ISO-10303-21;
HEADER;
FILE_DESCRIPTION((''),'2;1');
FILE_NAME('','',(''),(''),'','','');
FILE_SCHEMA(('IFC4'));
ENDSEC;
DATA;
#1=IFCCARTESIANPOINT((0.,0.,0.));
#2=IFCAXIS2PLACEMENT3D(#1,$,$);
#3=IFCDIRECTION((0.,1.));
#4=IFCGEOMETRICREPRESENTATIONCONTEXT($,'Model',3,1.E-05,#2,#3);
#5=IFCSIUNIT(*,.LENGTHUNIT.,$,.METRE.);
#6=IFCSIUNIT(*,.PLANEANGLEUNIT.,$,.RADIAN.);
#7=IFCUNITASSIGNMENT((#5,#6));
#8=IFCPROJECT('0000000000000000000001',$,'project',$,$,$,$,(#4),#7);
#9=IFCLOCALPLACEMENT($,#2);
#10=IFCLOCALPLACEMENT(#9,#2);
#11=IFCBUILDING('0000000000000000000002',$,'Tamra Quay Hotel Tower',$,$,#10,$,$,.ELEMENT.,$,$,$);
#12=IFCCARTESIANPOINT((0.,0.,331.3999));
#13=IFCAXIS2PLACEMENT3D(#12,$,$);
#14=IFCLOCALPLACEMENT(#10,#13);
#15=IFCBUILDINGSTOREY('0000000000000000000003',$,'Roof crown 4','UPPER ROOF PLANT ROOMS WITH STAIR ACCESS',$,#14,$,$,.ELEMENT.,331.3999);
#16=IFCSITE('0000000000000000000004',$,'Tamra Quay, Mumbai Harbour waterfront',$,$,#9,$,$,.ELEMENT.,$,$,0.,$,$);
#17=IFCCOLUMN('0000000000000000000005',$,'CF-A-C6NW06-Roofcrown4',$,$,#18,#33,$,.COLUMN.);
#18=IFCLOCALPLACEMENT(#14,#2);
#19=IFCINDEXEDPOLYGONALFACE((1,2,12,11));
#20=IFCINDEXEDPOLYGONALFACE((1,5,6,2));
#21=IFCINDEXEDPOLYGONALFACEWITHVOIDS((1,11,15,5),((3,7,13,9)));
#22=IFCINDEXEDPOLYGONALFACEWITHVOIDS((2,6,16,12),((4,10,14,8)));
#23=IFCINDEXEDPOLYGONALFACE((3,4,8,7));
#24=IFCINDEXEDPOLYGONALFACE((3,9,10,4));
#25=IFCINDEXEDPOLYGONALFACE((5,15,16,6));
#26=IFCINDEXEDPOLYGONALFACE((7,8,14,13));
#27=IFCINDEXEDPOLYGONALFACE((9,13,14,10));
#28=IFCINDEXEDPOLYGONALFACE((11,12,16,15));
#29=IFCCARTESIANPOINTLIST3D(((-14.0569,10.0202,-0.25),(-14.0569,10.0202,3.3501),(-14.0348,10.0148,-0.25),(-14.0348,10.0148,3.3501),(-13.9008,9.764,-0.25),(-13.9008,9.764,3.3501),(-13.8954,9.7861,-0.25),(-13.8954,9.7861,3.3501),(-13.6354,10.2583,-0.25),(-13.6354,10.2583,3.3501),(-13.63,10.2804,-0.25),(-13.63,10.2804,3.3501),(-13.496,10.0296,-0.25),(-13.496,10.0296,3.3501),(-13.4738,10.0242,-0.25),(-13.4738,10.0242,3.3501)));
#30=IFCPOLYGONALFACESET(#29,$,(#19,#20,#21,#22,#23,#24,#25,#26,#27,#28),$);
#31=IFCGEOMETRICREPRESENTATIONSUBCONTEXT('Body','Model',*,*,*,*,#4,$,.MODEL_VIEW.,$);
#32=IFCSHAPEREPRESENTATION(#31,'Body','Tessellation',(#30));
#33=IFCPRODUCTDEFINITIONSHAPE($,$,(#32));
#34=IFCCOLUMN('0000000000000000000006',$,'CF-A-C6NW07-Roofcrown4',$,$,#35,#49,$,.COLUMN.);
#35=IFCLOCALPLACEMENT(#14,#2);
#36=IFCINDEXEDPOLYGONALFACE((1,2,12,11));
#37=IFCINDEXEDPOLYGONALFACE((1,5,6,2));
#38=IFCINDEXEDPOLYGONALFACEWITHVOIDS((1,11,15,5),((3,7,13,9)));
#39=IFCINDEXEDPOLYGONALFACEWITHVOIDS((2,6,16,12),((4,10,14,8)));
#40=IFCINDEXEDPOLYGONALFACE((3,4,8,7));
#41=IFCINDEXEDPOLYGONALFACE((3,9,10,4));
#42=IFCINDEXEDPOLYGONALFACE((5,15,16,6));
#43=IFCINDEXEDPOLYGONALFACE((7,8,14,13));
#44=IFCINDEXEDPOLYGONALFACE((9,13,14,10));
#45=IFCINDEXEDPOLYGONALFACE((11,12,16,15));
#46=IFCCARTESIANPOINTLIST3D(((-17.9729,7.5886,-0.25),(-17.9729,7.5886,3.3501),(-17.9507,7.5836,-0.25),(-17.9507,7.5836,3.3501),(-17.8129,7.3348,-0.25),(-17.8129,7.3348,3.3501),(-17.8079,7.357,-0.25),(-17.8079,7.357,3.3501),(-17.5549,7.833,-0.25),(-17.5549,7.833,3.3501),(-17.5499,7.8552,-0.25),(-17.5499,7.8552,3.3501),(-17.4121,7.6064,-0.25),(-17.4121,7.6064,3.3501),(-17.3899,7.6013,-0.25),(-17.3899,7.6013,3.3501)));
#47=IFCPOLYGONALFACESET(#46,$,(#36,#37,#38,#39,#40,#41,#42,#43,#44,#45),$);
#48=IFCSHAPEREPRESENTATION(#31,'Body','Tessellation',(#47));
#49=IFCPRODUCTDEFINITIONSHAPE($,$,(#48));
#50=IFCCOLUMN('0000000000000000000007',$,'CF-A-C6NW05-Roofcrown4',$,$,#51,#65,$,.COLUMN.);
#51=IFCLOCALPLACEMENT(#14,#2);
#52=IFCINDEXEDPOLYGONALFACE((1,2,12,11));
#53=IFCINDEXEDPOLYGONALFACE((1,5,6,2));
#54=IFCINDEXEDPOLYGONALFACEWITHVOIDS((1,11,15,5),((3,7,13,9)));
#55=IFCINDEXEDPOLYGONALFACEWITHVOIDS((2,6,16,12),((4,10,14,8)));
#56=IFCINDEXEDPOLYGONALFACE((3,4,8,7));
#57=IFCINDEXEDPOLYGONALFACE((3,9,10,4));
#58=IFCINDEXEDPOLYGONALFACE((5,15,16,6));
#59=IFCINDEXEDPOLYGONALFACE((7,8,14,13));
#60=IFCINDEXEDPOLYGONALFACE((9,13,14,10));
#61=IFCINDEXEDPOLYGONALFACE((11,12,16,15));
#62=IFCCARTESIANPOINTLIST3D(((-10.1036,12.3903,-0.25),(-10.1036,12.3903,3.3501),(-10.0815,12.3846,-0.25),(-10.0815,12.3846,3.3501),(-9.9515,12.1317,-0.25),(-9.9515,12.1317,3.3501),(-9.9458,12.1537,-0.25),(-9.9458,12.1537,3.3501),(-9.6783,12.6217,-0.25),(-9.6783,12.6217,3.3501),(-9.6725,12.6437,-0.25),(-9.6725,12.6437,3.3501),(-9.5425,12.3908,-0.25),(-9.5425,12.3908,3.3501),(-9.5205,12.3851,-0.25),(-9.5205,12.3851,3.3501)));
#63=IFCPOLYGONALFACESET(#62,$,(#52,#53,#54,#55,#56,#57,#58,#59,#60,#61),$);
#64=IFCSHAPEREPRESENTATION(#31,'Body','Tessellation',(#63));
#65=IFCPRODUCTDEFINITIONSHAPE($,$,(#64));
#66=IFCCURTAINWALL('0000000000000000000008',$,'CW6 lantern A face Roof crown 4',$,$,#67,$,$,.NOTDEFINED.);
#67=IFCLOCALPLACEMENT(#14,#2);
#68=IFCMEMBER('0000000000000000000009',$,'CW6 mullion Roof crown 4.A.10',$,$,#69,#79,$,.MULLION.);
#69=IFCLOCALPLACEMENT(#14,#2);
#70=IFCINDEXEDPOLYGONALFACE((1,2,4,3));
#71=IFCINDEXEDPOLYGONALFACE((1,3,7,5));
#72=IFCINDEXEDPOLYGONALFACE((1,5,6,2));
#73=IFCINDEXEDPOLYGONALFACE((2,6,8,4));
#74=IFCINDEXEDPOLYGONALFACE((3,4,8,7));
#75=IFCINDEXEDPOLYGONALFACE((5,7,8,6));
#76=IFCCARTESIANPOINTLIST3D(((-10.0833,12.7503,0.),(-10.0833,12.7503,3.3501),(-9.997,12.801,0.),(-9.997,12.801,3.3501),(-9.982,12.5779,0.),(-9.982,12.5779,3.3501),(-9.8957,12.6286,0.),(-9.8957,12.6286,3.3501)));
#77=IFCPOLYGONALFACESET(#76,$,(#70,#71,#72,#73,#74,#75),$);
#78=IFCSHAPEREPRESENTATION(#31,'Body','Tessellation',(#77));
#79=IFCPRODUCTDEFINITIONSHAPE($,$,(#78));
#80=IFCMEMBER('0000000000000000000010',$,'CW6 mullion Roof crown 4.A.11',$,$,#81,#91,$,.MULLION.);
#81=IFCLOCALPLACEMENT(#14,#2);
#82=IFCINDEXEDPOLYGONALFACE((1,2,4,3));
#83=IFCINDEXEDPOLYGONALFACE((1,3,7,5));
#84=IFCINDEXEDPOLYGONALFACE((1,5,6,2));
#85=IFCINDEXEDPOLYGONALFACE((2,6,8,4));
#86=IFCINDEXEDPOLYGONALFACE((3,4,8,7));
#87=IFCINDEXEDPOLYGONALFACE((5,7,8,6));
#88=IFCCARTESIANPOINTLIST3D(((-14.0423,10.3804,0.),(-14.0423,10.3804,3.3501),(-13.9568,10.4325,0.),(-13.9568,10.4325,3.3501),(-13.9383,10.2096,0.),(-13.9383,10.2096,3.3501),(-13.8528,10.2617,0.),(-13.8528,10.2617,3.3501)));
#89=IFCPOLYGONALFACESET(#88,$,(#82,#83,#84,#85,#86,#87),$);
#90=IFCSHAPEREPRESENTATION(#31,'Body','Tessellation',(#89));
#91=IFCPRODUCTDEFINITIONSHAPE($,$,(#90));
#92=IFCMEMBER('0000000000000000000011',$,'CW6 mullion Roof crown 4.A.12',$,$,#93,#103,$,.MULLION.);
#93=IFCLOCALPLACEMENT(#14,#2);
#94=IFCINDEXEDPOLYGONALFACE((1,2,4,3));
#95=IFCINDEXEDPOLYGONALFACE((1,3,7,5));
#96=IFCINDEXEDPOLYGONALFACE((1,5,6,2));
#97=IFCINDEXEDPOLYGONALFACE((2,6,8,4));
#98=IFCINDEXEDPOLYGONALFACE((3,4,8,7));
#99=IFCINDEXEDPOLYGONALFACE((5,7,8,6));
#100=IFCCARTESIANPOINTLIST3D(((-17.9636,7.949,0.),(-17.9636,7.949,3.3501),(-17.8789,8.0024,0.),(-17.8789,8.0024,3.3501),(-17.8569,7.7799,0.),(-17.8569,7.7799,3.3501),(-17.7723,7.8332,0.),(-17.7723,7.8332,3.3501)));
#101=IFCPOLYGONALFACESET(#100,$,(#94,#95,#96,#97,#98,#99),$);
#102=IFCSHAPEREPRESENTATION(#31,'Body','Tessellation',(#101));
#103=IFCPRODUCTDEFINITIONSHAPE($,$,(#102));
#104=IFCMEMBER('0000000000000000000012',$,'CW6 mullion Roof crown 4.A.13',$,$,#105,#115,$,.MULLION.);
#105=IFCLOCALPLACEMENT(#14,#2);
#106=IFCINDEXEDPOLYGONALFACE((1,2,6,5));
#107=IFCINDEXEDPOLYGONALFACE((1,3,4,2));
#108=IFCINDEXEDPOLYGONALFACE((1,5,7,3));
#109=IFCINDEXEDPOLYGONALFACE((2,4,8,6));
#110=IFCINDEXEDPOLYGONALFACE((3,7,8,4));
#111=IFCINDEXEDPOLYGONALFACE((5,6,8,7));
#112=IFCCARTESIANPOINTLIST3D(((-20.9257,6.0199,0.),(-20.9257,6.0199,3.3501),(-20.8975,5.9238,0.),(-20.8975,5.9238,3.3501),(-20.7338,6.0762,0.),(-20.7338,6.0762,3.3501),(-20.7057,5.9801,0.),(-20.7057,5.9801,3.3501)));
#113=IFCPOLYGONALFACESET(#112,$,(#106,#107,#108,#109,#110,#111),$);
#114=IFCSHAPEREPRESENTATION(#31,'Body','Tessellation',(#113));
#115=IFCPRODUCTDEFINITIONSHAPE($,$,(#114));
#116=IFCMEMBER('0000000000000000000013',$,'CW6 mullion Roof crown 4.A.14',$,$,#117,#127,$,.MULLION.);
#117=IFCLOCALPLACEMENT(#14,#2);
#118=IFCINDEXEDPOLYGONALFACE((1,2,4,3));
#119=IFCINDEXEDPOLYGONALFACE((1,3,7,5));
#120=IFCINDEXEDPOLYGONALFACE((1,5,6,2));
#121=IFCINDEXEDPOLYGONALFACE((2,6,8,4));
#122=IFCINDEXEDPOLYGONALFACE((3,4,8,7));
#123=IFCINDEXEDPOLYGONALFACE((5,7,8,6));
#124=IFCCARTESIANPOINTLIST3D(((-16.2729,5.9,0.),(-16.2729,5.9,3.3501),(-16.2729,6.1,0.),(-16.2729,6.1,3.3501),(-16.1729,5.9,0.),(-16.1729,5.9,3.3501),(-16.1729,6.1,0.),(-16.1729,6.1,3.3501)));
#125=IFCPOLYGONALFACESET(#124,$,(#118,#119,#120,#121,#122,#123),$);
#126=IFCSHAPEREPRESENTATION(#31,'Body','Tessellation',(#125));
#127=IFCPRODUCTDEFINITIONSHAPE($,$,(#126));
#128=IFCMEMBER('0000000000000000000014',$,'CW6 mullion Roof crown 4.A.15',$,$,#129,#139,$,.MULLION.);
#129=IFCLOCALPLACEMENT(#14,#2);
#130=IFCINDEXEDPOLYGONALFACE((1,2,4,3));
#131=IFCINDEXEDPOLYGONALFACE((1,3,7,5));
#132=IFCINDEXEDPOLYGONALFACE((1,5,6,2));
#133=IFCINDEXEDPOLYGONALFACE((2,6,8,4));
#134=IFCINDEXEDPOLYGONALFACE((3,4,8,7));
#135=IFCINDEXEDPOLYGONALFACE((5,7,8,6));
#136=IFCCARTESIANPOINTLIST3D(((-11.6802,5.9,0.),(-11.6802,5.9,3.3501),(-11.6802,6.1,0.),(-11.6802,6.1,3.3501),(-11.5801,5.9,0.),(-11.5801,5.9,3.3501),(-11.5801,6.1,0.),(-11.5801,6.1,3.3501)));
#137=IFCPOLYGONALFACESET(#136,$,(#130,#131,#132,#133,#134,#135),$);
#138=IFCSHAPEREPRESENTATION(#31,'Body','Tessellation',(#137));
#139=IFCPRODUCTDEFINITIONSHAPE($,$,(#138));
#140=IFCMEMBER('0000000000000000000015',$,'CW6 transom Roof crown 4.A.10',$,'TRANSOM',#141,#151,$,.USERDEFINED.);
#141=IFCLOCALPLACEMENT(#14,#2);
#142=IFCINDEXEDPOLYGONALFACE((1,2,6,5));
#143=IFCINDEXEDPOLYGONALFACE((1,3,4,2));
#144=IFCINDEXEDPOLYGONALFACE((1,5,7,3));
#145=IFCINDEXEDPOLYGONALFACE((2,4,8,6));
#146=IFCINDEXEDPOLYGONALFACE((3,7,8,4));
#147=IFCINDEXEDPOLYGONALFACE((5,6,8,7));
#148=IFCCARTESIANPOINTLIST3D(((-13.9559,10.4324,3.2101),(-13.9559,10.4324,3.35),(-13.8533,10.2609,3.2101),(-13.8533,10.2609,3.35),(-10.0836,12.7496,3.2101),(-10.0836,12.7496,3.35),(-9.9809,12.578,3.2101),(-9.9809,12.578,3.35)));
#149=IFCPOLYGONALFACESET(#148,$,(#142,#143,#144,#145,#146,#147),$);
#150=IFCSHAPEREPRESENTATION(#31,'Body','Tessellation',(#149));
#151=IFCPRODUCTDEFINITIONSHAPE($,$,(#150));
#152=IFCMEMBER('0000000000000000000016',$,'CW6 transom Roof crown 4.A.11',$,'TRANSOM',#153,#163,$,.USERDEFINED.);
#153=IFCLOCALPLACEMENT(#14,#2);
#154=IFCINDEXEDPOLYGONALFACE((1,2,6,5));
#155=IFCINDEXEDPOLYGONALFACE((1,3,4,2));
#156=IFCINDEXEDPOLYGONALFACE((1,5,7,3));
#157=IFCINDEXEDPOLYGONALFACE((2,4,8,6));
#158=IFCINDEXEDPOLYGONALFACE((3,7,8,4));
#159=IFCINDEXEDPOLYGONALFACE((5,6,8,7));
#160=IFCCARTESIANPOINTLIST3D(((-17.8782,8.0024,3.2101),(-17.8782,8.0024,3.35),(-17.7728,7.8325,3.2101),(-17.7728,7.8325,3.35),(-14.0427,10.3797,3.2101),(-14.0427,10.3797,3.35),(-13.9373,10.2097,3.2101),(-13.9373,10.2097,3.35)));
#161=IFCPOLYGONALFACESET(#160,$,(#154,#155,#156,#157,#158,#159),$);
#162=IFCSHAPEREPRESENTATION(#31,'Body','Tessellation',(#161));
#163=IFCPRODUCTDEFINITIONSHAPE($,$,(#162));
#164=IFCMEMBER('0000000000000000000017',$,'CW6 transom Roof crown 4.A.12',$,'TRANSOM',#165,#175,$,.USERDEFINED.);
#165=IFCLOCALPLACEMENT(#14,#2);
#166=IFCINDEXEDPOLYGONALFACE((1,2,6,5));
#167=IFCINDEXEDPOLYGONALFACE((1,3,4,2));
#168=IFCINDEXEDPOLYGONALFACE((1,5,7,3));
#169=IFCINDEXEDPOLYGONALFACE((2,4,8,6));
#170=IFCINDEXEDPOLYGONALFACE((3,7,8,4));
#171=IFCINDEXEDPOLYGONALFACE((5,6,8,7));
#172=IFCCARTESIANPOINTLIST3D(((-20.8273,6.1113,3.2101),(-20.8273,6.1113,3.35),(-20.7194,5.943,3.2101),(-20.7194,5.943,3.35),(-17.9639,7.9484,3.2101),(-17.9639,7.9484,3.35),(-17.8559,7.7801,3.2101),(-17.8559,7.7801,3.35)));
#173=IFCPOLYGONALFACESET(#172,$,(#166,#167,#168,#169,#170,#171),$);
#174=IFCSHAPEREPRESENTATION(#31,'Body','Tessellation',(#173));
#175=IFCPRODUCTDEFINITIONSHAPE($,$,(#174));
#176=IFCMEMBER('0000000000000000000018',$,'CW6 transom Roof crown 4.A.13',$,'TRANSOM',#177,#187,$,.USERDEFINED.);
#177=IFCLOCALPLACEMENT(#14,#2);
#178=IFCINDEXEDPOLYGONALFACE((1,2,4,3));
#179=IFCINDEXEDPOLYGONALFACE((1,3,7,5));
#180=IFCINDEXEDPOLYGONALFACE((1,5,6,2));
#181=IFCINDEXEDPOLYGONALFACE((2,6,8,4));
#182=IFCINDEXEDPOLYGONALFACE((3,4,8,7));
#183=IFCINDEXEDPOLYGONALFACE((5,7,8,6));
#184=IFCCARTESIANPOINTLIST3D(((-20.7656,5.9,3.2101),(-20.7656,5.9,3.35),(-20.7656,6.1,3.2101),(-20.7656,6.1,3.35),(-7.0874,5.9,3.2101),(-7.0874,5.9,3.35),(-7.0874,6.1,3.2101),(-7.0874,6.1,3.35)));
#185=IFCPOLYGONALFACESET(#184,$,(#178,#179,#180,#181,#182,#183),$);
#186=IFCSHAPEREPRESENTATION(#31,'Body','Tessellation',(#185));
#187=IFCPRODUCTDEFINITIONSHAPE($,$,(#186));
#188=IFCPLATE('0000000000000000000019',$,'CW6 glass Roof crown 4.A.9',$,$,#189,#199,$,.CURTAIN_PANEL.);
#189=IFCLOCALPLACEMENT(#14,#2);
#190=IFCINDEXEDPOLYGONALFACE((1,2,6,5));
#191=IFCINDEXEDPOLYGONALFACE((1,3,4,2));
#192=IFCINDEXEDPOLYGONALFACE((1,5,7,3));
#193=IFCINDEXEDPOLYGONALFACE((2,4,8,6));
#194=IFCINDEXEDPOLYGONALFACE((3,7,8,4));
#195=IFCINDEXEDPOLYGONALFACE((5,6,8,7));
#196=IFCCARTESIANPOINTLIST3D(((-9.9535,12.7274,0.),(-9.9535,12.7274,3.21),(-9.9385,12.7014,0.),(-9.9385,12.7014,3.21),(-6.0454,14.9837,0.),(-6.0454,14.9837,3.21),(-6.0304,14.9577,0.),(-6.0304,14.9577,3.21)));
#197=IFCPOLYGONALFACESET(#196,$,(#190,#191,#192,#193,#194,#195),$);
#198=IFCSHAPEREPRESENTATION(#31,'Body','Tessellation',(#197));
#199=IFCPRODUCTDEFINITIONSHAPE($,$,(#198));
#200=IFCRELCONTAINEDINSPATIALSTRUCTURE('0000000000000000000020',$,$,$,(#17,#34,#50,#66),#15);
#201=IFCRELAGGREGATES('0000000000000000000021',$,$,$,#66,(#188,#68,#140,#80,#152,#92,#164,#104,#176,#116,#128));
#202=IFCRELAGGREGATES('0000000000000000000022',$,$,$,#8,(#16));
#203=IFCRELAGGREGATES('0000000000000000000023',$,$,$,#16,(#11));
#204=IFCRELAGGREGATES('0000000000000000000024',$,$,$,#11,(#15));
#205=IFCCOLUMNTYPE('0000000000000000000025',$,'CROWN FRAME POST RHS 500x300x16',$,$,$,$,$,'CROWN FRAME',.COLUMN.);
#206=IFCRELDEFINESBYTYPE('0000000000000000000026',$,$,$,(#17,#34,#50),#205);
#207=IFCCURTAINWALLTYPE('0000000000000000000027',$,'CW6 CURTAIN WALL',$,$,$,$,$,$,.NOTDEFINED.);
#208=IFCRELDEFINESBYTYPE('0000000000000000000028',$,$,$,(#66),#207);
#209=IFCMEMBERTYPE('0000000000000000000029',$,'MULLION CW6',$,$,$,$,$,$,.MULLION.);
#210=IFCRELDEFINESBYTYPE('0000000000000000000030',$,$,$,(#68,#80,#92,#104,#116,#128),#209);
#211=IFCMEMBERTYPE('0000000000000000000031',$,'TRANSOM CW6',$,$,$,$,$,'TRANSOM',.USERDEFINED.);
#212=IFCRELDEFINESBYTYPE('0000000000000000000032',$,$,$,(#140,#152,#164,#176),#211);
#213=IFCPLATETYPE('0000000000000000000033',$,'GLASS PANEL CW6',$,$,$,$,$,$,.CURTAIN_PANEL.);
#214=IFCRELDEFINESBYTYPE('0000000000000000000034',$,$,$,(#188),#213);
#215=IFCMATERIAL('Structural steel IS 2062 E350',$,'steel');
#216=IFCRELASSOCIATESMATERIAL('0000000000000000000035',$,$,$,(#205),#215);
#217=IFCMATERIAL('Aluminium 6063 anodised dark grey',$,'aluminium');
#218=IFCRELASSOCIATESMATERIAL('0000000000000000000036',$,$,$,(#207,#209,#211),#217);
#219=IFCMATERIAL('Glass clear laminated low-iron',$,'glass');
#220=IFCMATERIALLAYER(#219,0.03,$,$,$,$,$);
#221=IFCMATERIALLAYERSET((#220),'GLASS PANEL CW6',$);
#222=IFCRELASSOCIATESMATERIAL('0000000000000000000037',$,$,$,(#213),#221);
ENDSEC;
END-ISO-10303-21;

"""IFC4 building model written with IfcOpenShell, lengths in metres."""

from ifc_helpers import new_model, si_unit, direction, frame, origin, origin_2d, place, context, subcontext, project, spatial, rectangle, hollow_rectangle, extrude, material, layer, layer_set, material_profile, profile_set, type_object, element, aggregate, save


model = new_model("IFC4")

# Units and contexts
model_context = context("Model", 3, precision=1e-05, world=origin(), true_north=direction((0.0, 1.0)))
body_context = subcontext(model_context, "Body", "Model", "MODEL_VIEW")
ifc_project = project(units=[si_unit("LENGTHUNIT", "METRE"), si_unit("PLANEANGLEUNIT", "RADIAN")], contexts=[model_context])

# Site, building, storey
site_placement = place(None, origin())
site = spatial("IfcSite", under=ifc_project, at=site_placement, Name="Tamra Quay, Mumbai Harbour waterfront", CompositionType="ELEMENT", RefElevation=0.0)
building_placement = place(site_placement, origin())
building = spatial("IfcBuilding", under=site, at=building_placement, Name="Tamra Quay Hotel Tower", CompositionType="ELEMENT")
storey_placement = place(building_placement, frame((0.0, 0.0, 331.3999)))
storey = spatial("IfcBuildingStorey", under=building, at=storey_placement, Name="Roof crown 4", Description="UPPER ROOF PLANT ROOMS WITH STAIR ACCESS", CompositionType="ELEMENT", Elevation=331.3999)

# Columns
ifc_material_1 = material(Name="Structural steel IS 2062 E350", Category="steel")
ifc_material_profile_1 = material_profile(ifc_material_1, hollow_rectangle(XDim=0.3, YDim=0.5, WallThickness=0.0161, at=origin_2d()), Name="RHS 500x300x16")
ifc_profile_set_1 = profile_set([ifc_material_profile_1], Name="Structural steel IS 2062 E350")
column_type = type_object("IfcColumnType", Name="CROWN FRAME POST RHS 500x300x16", ElementType="CROWN FRAME", PredefinedType="COLUMN", material=ifc_profile_set_1)
for number, where, z_axis, x_axis, name in (
    (1, (-13.7654, 10.0222, -0.25), (0.0, 0.0, 1.0), (-0.52043, 0.853904, 0.0), "CF-A-C6NW06-Roofcrown4"),
    (2, (-17.6814, 7.595, -0.25), (0.0, 0.0, 1.0), (-0.533133, 0.846031, 0.0), "CF-A-C6NW07-Roofcrown4"),
    (3, (-9.812, 12.3877, -0.25), (0.0, 0.0, 1.0), (-0.506843, 0.862038, 0.0), "CF-A-C6NW05-Roofcrown4"),
):
    element("IfcColumn", number, at=place(storey_placement, frame(where, z_axis=z_axis, x_axis=x_axis)), inside=storey, type_object=column_type, Name=name, PredefinedType="COLUMN", context=body_context, shape_type="SweptSolid", body=[
        extrude(hollow_rectangle(XDim=0.3, YDim=0.5, WallThickness=0.0161, at=origin_2d()), origin(), (0.0, 0.0, 1.0), 3.6001),
    ])

# Curtain wall, members, plate
ifc_material_2 = material(Name="Aluminium 6063 anodised dark grey", Category="aluminium")
curtain_wall_type = type_object("IfcCurtainWallType", Name="CW6 CURTAIN WALL", PredefinedType="NOTDEFINED", material=ifc_material_2)
curtain_wall_placement = place(storey_placement, origin())
curtain_wall = element("IfcCurtainWall", 4, at=curtain_wall_placement, inside=storey, type_object=curtain_wall_type, Name="CW6 lantern A face Roof crown 4", PredefinedType="NOTDEFINED")
ifc_material_profile_2 = material_profile(ifc_material_2, rectangle(XDim=0.2, YDim=0.1001, at=origin_2d()), Name="MULLION 100X200")
ifc_profile_set_2 = profile_set([ifc_material_profile_2], Name="Aluminium 6063 anodised dark grey")
member_type_1 = type_object("IfcMemberType", Name="MULLION CW6", PredefinedType="MULLION", material=ifc_profile_set_2)
member_1_placement = place(storey_placement, frame((-9.9895, 12.6895, 0.0), z_axis=(0.0, 0.0, 1.0), x_axis=(-0.506754, 0.862091, 0.0)))
member_1 = element("IfcMember", 5, at=member_1_placement, type_object=member_type_1, Name="CW6 mullion Roof crown 4.A.10", PredefinedType="MULLION", context=body_context, shape_type="SweptSolid", body=[
    extrude(rectangle(XDim=0.2, YDim=0.1001, at=origin_2d()), origin(), (0.0, 0.0, 1.0), 3.3501),
])
member_2_placement = place(storey_placement, frame((-13.9475, 10.321, 0.0), z_axis=(0.0, 0.0, 1.0), x_axis=(-0.52016, 0.854069, 0.0)))
member_2 = element("IfcMember", 6, at=member_2_placement, type_object=member_type_1, Name="CW6 mullion Roof crown 4.A.11", PredefinedType="MULLION", context=body_context, shape_type="SweptSolid", body=[
    extrude(rectangle(XDim=0.2, YDim=0.1001, at=origin_2d()), origin(), (0.0, 0.0, 1.0), 3.3501),
])
member_3_placement = place(storey_placement, frame((-17.8679, 7.8911, 0.0), z_axis=(0.0, 0.0, 1.0), x_axis=(-0.533422, 0.845849, 0.0)))
member_3 = element("IfcMember", 7, at=member_3_placement, type_object=member_type_1, Name="CW6 mullion Roof crown 4.A.12", PredefinedType="MULLION", context=body_context, shape_type="SweptSolid", body=[
    extrude(rectangle(XDim=0.2, YDim=0.1001, at=origin_2d()), origin(), (0.0, 0.0, 1.0), 3.3501),
])
member_4_placement = place(storey_placement, frame((-20.8157, 6.0, 0.0), z_axis=(0.0, 0.0, 1.0), x_axis=(-0.9596, -0.281367, 0.0)))
member_4 = element("IfcMember", 8, at=member_4_placement, type_object=member_type_1, Name="CW6 mullion Roof crown 4.A.13", PredefinedType="MULLION", context=body_context, shape_type="SweptSolid", body=[
    extrude(rectangle(XDim=0.2, YDim=0.1001, at=origin_2d()), origin(), (0.0, 0.0, 1.0), 3.3501),
])
member_5_placement = place(storey_placement, frame((-16.2229, 6.0, 0.0), z_axis=(0.0, 0.0, 1.0), x_axis=(0.0, -1.0, 0.0)))
member_5 = element("IfcMember", 9, at=member_5_placement, type_object=member_type_1, Name="CW6 mullion Roof crown 4.A.14", PredefinedType="MULLION", context=body_context, shape_type="SweptSolid", body=[
    extrude(rectangle(XDim=0.2, YDim=0.1001, at=origin_2d()), origin(), (0.0, 0.0, 1.0), 3.3501),
])
member_6_placement = place(storey_placement, frame((-11.6301, 6.0, 0.0), z_axis=(0.0, 0.0, 1.0), x_axis=(0.0, -1.0, 0.0)))
member_6 = element("IfcMember", 10, at=member_6_placement, type_object=member_type_1, Name="CW6 mullion Roof crown 4.A.15", PredefinedType="MULLION", context=body_context, shape_type="SweptSolid", body=[
    extrude(rectangle(XDim=0.2, YDim=0.1001, at=origin_2d()), origin(), (0.0, 0.0, 1.0), 3.3501),
])
ifc_material_profile_3 = material_profile(ifc_material_2, rectangle(XDim=0.2, YDim=0.1399, at=origin_2d()), Name="TRANSOM 200X140")
ifc_profile_set_3 = profile_set([ifc_material_profile_3], Name="Aluminium 6063 anodised dark grey")
member_type_2 = type_object("IfcMemberType", Name="TRANSOM CW6", ElementType="TRANSOM", PredefinedType="USERDEFINED", material=ifc_profile_set_3)
member_7_placement = place(storey_placement, frame((-10.0322, 12.6638, 3.28), z_axis=(-0.858103, -0.513477, 0.0), x_axis=(0.513477, -0.858103, 0.0)))
member_7 = element("IfcMember", 11, at=member_7_placement, type_object=member_type_2, Name="CW6 transom Roof crown 4.A.10", ObjectType="TRANSOM", PredefinedType="USERDEFINED", context=body_context, shape_type="SweptSolid", body=[
    extrude(rectangle(XDim=0.2, YDim=0.1399, at=origin_2d()), origin(), (0.0, 0.0, 1.0), 4.5127),
])
member_8_placement = place(storey_placement, frame((-13.99, 10.2947, 3.28), z_axis=(-0.84998, -0.526815, 0.0), x_axis=(0.526815, -0.84998, 0.0)))
member_8 = element("IfcMember", 12, at=member_8_placement, type_object=member_type_2, Name="CW6 transom Roof crown 4.A.11", ObjectType="TRANSOM", PredefinedType="USERDEFINED", context=body_context, shape_type="SweptSolid", body=[
    extrude(rectangle(XDim=0.2, YDim=0.1399, at=origin_2d()), origin(), (0.0, 0.0, 1.0), 4.5125),
])
member_9_placement = place(storey_placement, frame((-17.9099, 7.8643, 3.28), z_axis=(-0.84167, -0.539992, 0.0), x_axis=(0.539992, -0.84167, 0.0)))
member_9 = element("IfcMember", 13, at=member_9_placement, type_object=member_type_2, Name="CW6 transom Roof crown 4.A.12", ObjectType="TRANSOM", PredefinedType="USERDEFINED", context=body_context, shape_type="SweptSolid", body=[
    extrude(rectangle(XDim=0.2, YDim=0.1399, at=origin_2d()), origin(), (0.0, 0.0, 1.0), 3.4021),
])
member_10_placement = place(storey_placement, frame((-20.7656, 6.0, 3.28), z_axis=(1.0, 0.0, 0.0), x_axis=(0.0, 1.0, 0.0)))
member_10 = element("IfcMember", 14, at=member_10_placement, type_object=member_type_2, Name="CW6 transom Roof crown 4.A.13", ObjectType="TRANSOM", PredefinedType="USERDEFINED", context=body_context, shape_type="SweptSolid", body=[
    extrude(rectangle(XDim=0.2, YDim=0.1399, at=origin_2d()), origin(), (0.0, 0.0, 1.0), 13.6782),
])
ifc_material_3 = material(Name="Glass clear laminated low-iron", Category="glass")
ifc_layer_1 = layer(ifc_material_3, 0.03)
ifc_layer_set_1 = layer_set([ifc_layer_1], Name="GLASS PANEL CW6")
plate_type = type_object("IfcPlateType", Name="GLASS PANEL CW6", PredefinedType="CURTAIN_PANEL", material=ifc_layer_set_1)
plate_1_placement = place(storey_placement, frame((-7.9919, 13.8425, 0.0), z_axis=(0.0, 0.0, 1.0), x_axis=(-0.866025, -0.5, 0.0)))
plate_1 = element("IfcPlate", 15, at=plate_1_placement, type_object=plate_type, Name="CW6 glass Roof crown 4.A.9", PredefinedType="CURTAIN_PANEL", context=body_context, shape_type="SweptSolid", body=[
    extrude(rectangle(XDim=4.5127, YDim=0.03, at=origin_2d()), origin(), (0.0, 0.0, 1.0), 3.21),
])
aggregate(curtain_wall, [plate_1, member_1, member_7, member_2, member_8, member_3, member_9, member_4, member_10, member_5, member_6])

save(model, "model.ifc")
